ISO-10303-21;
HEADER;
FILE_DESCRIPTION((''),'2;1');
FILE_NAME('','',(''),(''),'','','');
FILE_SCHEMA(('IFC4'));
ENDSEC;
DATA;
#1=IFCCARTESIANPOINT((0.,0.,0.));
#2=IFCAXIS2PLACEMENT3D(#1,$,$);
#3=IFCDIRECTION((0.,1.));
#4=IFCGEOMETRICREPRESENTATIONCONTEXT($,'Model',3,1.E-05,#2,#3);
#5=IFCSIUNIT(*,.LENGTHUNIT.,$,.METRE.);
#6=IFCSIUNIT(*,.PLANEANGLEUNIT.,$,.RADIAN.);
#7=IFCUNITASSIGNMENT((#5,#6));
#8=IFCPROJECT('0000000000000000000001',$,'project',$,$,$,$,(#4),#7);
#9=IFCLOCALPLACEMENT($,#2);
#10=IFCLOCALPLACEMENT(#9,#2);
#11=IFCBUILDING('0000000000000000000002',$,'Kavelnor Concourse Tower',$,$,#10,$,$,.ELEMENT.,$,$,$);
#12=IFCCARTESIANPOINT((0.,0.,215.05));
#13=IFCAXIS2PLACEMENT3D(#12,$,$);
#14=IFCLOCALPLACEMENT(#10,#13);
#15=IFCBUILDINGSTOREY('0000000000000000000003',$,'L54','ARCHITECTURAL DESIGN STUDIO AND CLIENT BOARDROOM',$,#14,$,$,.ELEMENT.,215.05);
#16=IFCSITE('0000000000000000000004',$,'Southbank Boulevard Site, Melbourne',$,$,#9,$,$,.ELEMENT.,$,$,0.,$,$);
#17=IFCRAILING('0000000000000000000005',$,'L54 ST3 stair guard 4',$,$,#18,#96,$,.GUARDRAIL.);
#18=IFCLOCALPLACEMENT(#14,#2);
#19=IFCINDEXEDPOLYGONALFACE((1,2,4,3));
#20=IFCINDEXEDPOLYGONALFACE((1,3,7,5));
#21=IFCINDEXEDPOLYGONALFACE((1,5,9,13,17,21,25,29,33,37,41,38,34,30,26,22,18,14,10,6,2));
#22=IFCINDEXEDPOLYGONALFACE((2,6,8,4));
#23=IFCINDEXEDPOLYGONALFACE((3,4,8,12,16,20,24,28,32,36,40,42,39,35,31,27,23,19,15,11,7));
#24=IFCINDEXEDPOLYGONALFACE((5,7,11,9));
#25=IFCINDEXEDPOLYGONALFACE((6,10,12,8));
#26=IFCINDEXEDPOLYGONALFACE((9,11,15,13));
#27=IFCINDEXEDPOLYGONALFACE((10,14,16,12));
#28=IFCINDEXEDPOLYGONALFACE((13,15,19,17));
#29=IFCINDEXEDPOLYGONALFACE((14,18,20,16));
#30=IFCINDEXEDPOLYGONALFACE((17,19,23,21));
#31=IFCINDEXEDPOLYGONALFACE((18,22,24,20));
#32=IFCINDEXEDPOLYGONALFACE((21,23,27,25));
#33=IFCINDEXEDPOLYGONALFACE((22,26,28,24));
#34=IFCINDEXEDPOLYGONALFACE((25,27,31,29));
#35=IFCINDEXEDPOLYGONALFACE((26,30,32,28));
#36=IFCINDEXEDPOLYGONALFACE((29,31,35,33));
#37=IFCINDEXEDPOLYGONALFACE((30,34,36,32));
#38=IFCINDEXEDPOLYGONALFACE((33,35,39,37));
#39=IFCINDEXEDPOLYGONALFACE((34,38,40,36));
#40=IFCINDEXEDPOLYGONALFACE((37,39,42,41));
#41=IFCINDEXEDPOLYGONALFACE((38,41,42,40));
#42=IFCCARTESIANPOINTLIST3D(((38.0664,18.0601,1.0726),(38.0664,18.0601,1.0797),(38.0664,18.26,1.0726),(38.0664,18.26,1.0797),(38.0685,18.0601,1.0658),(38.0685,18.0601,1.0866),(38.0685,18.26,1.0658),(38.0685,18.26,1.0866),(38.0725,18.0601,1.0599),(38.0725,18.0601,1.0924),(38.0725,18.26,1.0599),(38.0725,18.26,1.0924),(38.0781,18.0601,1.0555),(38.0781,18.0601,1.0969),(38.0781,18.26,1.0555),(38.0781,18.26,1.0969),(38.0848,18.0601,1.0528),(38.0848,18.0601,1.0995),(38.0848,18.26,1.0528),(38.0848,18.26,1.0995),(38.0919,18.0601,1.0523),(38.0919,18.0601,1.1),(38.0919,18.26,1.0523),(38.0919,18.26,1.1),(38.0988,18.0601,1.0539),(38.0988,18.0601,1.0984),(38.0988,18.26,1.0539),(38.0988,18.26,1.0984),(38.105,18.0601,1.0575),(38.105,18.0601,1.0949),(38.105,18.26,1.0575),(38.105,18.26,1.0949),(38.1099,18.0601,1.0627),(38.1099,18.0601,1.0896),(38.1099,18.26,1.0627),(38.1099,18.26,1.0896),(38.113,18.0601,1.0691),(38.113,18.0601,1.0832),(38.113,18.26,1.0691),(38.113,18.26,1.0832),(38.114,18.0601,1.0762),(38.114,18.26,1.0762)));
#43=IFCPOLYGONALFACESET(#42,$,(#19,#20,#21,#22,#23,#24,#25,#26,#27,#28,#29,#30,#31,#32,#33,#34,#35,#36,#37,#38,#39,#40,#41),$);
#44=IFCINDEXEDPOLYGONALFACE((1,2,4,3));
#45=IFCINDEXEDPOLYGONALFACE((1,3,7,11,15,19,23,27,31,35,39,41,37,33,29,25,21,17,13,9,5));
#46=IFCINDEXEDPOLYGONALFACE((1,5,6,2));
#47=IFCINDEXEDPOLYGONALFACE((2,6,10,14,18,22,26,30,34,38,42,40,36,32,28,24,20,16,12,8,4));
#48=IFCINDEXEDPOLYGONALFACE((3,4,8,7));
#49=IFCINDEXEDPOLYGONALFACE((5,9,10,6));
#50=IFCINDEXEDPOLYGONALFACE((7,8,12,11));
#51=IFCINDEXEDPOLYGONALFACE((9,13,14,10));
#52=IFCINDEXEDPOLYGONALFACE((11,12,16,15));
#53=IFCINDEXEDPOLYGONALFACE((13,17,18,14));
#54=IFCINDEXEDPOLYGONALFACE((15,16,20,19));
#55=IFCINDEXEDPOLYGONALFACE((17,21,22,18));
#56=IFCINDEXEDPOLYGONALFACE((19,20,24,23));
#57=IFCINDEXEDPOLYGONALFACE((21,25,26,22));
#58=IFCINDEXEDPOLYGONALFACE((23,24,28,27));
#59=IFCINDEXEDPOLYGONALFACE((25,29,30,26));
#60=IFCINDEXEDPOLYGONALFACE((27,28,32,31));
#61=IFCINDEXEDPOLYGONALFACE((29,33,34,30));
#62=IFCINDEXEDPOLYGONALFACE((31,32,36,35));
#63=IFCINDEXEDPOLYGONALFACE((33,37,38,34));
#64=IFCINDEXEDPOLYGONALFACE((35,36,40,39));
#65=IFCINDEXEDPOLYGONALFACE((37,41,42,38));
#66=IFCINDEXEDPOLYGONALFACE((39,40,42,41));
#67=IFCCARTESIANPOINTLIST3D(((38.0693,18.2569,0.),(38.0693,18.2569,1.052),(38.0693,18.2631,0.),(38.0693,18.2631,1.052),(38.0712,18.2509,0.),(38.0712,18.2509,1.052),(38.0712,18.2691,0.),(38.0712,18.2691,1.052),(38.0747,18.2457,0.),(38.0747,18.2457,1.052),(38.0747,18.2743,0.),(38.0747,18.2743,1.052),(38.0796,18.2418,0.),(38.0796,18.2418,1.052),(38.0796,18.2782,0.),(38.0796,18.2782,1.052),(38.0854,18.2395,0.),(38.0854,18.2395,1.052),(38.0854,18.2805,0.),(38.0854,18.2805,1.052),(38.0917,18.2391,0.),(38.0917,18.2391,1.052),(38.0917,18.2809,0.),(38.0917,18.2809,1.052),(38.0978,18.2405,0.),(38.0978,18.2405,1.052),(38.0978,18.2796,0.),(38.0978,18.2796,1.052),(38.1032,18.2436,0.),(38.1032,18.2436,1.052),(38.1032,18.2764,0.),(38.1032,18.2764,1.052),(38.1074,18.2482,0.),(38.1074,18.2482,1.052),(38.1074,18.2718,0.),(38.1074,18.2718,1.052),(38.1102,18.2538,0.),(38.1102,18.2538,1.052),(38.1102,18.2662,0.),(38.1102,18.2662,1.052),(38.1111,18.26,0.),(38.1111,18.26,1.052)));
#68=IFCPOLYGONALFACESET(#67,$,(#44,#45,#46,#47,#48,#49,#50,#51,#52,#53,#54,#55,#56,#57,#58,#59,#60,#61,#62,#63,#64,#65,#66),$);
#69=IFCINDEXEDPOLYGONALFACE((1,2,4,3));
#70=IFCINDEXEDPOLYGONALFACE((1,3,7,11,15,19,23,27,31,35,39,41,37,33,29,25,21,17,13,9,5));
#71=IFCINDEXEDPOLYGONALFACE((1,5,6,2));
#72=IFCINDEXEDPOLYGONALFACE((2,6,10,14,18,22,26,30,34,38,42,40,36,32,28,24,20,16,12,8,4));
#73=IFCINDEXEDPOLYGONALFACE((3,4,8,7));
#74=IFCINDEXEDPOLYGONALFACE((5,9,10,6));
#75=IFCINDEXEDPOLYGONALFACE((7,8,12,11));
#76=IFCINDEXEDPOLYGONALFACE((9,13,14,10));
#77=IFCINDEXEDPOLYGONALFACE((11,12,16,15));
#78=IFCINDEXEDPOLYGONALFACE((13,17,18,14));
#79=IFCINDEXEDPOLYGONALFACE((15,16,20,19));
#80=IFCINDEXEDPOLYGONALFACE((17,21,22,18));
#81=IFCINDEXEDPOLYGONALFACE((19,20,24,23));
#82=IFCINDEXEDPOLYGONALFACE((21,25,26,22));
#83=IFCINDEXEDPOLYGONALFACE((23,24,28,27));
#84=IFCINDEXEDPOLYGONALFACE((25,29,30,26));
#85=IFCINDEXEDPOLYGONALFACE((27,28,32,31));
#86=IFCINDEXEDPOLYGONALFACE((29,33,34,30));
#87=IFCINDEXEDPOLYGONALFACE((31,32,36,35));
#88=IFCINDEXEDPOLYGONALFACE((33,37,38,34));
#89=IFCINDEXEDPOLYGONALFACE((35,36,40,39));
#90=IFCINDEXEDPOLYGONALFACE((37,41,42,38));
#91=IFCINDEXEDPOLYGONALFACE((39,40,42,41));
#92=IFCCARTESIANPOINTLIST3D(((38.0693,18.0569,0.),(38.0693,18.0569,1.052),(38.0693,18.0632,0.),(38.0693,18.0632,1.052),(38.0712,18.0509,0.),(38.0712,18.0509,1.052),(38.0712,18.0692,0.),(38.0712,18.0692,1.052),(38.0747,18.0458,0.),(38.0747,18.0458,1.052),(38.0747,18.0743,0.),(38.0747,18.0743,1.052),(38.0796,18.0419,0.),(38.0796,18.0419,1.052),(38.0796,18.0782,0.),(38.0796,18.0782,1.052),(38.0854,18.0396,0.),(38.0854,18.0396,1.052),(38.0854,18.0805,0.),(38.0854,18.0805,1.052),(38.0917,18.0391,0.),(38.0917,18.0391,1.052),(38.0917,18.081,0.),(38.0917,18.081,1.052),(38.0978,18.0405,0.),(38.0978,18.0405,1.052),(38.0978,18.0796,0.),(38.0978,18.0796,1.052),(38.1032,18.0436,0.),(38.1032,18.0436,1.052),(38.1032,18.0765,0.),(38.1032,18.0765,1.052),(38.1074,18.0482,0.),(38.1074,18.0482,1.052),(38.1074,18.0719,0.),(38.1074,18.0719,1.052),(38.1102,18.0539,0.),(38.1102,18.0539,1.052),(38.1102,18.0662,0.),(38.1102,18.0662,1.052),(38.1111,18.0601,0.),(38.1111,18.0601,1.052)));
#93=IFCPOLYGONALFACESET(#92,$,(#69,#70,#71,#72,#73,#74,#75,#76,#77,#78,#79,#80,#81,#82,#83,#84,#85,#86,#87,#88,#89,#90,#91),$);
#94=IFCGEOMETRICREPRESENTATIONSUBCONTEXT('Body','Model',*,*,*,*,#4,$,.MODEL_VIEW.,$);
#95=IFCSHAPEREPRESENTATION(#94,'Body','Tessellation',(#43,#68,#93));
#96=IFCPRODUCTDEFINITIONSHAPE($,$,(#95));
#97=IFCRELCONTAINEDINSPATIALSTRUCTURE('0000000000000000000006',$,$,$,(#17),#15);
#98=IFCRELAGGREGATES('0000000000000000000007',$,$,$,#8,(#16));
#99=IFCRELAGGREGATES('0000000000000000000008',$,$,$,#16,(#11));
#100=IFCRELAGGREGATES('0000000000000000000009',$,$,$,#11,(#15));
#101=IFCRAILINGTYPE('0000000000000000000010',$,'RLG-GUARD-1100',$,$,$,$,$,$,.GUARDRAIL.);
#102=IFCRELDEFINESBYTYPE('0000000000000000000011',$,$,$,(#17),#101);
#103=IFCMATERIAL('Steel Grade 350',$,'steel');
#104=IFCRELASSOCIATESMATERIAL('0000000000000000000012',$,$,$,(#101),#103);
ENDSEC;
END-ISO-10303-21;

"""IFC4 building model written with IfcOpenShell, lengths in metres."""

from ifc_helpers import new_model, si_unit, direction, frame, origin, origin_2d, place, context, subcontext, project, spatial, circle, extrude, material, type_object, element, save


model = new_model("IFC4")

# Units and contexts
model_context = context("Model", 3, precision=1e-05, world=origin(), true_north=direction((0.0, 1.0)))
body_context = subcontext(model_context, "Body", "Model", "MODEL_VIEW")
ifc_project = project(units=[si_unit("LENGTHUNIT", "METRE"), si_unit("PLANEANGLEUNIT", "RADIAN")], contexts=[model_context])

# Site, building, storey
site_placement = place(None, origin())
site = spatial("IfcSite", under=ifc_project, at=site_placement, Name="Southbank Boulevard Site, Melbourne", CompositionType="ELEMENT", RefElevation=0.0)
building_placement = place(site_placement, origin())
building = spatial("IfcBuilding", under=site, at=building_placement, Name="Kavelnor Concourse Tower", CompositionType="ELEMENT")
storey_placement = place(building_placement, frame((0.0, 0.0, 215.05)))
storey = spatial("IfcBuildingStorey", under=building, at=storey_placement, Name="L54", Description="ARCHITECTURAL DESIGN STUDIO AND CLIENT BOARDROOM", CompositionType="ELEMENT", Elevation=215.05)

# Shared definitions
ifc_material_1 = material(Name="Steel Grade 350", Category="steel")

# Railing
railing_type_1 = type_object("IfcRailingType", Name="RLG-GUARD-1100", PredefinedType="GUARDRAIL", material=ifc_material_1)
railing_1_placement = place(storey_placement, frame((38.0901, 18.26, 0.0)))
element("IfcRailing", 1, at=railing_1_placement, inside=storey, type_object=railing_type_1, Name="L54 ST3 stair guard 4", PredefinedType="GUARDRAIL", context=body_context, shape_type="SweptSolid", body=[
    extrude(circle(Radius=0.0239, at=origin_2d()), frame((0.0, 0.0, 1.0762), z_axis=(0.0, -1.0, 0.0), x_axis=(1.0, 0.0, 0.0)), (0.0, 0.0, 1.0), 0.2),
    extrude(circle(Radius=0.021, at=origin_2d()), origin(), (0.0, 0.0, 1.0), 1.052),
    extrude(circle(Radius=0.021, at=origin_2d()), frame((0.0, -0.2, 0.0)), (0.0, 0.0, 1.0), 1.052),
])

save(model, "model.ifc")
